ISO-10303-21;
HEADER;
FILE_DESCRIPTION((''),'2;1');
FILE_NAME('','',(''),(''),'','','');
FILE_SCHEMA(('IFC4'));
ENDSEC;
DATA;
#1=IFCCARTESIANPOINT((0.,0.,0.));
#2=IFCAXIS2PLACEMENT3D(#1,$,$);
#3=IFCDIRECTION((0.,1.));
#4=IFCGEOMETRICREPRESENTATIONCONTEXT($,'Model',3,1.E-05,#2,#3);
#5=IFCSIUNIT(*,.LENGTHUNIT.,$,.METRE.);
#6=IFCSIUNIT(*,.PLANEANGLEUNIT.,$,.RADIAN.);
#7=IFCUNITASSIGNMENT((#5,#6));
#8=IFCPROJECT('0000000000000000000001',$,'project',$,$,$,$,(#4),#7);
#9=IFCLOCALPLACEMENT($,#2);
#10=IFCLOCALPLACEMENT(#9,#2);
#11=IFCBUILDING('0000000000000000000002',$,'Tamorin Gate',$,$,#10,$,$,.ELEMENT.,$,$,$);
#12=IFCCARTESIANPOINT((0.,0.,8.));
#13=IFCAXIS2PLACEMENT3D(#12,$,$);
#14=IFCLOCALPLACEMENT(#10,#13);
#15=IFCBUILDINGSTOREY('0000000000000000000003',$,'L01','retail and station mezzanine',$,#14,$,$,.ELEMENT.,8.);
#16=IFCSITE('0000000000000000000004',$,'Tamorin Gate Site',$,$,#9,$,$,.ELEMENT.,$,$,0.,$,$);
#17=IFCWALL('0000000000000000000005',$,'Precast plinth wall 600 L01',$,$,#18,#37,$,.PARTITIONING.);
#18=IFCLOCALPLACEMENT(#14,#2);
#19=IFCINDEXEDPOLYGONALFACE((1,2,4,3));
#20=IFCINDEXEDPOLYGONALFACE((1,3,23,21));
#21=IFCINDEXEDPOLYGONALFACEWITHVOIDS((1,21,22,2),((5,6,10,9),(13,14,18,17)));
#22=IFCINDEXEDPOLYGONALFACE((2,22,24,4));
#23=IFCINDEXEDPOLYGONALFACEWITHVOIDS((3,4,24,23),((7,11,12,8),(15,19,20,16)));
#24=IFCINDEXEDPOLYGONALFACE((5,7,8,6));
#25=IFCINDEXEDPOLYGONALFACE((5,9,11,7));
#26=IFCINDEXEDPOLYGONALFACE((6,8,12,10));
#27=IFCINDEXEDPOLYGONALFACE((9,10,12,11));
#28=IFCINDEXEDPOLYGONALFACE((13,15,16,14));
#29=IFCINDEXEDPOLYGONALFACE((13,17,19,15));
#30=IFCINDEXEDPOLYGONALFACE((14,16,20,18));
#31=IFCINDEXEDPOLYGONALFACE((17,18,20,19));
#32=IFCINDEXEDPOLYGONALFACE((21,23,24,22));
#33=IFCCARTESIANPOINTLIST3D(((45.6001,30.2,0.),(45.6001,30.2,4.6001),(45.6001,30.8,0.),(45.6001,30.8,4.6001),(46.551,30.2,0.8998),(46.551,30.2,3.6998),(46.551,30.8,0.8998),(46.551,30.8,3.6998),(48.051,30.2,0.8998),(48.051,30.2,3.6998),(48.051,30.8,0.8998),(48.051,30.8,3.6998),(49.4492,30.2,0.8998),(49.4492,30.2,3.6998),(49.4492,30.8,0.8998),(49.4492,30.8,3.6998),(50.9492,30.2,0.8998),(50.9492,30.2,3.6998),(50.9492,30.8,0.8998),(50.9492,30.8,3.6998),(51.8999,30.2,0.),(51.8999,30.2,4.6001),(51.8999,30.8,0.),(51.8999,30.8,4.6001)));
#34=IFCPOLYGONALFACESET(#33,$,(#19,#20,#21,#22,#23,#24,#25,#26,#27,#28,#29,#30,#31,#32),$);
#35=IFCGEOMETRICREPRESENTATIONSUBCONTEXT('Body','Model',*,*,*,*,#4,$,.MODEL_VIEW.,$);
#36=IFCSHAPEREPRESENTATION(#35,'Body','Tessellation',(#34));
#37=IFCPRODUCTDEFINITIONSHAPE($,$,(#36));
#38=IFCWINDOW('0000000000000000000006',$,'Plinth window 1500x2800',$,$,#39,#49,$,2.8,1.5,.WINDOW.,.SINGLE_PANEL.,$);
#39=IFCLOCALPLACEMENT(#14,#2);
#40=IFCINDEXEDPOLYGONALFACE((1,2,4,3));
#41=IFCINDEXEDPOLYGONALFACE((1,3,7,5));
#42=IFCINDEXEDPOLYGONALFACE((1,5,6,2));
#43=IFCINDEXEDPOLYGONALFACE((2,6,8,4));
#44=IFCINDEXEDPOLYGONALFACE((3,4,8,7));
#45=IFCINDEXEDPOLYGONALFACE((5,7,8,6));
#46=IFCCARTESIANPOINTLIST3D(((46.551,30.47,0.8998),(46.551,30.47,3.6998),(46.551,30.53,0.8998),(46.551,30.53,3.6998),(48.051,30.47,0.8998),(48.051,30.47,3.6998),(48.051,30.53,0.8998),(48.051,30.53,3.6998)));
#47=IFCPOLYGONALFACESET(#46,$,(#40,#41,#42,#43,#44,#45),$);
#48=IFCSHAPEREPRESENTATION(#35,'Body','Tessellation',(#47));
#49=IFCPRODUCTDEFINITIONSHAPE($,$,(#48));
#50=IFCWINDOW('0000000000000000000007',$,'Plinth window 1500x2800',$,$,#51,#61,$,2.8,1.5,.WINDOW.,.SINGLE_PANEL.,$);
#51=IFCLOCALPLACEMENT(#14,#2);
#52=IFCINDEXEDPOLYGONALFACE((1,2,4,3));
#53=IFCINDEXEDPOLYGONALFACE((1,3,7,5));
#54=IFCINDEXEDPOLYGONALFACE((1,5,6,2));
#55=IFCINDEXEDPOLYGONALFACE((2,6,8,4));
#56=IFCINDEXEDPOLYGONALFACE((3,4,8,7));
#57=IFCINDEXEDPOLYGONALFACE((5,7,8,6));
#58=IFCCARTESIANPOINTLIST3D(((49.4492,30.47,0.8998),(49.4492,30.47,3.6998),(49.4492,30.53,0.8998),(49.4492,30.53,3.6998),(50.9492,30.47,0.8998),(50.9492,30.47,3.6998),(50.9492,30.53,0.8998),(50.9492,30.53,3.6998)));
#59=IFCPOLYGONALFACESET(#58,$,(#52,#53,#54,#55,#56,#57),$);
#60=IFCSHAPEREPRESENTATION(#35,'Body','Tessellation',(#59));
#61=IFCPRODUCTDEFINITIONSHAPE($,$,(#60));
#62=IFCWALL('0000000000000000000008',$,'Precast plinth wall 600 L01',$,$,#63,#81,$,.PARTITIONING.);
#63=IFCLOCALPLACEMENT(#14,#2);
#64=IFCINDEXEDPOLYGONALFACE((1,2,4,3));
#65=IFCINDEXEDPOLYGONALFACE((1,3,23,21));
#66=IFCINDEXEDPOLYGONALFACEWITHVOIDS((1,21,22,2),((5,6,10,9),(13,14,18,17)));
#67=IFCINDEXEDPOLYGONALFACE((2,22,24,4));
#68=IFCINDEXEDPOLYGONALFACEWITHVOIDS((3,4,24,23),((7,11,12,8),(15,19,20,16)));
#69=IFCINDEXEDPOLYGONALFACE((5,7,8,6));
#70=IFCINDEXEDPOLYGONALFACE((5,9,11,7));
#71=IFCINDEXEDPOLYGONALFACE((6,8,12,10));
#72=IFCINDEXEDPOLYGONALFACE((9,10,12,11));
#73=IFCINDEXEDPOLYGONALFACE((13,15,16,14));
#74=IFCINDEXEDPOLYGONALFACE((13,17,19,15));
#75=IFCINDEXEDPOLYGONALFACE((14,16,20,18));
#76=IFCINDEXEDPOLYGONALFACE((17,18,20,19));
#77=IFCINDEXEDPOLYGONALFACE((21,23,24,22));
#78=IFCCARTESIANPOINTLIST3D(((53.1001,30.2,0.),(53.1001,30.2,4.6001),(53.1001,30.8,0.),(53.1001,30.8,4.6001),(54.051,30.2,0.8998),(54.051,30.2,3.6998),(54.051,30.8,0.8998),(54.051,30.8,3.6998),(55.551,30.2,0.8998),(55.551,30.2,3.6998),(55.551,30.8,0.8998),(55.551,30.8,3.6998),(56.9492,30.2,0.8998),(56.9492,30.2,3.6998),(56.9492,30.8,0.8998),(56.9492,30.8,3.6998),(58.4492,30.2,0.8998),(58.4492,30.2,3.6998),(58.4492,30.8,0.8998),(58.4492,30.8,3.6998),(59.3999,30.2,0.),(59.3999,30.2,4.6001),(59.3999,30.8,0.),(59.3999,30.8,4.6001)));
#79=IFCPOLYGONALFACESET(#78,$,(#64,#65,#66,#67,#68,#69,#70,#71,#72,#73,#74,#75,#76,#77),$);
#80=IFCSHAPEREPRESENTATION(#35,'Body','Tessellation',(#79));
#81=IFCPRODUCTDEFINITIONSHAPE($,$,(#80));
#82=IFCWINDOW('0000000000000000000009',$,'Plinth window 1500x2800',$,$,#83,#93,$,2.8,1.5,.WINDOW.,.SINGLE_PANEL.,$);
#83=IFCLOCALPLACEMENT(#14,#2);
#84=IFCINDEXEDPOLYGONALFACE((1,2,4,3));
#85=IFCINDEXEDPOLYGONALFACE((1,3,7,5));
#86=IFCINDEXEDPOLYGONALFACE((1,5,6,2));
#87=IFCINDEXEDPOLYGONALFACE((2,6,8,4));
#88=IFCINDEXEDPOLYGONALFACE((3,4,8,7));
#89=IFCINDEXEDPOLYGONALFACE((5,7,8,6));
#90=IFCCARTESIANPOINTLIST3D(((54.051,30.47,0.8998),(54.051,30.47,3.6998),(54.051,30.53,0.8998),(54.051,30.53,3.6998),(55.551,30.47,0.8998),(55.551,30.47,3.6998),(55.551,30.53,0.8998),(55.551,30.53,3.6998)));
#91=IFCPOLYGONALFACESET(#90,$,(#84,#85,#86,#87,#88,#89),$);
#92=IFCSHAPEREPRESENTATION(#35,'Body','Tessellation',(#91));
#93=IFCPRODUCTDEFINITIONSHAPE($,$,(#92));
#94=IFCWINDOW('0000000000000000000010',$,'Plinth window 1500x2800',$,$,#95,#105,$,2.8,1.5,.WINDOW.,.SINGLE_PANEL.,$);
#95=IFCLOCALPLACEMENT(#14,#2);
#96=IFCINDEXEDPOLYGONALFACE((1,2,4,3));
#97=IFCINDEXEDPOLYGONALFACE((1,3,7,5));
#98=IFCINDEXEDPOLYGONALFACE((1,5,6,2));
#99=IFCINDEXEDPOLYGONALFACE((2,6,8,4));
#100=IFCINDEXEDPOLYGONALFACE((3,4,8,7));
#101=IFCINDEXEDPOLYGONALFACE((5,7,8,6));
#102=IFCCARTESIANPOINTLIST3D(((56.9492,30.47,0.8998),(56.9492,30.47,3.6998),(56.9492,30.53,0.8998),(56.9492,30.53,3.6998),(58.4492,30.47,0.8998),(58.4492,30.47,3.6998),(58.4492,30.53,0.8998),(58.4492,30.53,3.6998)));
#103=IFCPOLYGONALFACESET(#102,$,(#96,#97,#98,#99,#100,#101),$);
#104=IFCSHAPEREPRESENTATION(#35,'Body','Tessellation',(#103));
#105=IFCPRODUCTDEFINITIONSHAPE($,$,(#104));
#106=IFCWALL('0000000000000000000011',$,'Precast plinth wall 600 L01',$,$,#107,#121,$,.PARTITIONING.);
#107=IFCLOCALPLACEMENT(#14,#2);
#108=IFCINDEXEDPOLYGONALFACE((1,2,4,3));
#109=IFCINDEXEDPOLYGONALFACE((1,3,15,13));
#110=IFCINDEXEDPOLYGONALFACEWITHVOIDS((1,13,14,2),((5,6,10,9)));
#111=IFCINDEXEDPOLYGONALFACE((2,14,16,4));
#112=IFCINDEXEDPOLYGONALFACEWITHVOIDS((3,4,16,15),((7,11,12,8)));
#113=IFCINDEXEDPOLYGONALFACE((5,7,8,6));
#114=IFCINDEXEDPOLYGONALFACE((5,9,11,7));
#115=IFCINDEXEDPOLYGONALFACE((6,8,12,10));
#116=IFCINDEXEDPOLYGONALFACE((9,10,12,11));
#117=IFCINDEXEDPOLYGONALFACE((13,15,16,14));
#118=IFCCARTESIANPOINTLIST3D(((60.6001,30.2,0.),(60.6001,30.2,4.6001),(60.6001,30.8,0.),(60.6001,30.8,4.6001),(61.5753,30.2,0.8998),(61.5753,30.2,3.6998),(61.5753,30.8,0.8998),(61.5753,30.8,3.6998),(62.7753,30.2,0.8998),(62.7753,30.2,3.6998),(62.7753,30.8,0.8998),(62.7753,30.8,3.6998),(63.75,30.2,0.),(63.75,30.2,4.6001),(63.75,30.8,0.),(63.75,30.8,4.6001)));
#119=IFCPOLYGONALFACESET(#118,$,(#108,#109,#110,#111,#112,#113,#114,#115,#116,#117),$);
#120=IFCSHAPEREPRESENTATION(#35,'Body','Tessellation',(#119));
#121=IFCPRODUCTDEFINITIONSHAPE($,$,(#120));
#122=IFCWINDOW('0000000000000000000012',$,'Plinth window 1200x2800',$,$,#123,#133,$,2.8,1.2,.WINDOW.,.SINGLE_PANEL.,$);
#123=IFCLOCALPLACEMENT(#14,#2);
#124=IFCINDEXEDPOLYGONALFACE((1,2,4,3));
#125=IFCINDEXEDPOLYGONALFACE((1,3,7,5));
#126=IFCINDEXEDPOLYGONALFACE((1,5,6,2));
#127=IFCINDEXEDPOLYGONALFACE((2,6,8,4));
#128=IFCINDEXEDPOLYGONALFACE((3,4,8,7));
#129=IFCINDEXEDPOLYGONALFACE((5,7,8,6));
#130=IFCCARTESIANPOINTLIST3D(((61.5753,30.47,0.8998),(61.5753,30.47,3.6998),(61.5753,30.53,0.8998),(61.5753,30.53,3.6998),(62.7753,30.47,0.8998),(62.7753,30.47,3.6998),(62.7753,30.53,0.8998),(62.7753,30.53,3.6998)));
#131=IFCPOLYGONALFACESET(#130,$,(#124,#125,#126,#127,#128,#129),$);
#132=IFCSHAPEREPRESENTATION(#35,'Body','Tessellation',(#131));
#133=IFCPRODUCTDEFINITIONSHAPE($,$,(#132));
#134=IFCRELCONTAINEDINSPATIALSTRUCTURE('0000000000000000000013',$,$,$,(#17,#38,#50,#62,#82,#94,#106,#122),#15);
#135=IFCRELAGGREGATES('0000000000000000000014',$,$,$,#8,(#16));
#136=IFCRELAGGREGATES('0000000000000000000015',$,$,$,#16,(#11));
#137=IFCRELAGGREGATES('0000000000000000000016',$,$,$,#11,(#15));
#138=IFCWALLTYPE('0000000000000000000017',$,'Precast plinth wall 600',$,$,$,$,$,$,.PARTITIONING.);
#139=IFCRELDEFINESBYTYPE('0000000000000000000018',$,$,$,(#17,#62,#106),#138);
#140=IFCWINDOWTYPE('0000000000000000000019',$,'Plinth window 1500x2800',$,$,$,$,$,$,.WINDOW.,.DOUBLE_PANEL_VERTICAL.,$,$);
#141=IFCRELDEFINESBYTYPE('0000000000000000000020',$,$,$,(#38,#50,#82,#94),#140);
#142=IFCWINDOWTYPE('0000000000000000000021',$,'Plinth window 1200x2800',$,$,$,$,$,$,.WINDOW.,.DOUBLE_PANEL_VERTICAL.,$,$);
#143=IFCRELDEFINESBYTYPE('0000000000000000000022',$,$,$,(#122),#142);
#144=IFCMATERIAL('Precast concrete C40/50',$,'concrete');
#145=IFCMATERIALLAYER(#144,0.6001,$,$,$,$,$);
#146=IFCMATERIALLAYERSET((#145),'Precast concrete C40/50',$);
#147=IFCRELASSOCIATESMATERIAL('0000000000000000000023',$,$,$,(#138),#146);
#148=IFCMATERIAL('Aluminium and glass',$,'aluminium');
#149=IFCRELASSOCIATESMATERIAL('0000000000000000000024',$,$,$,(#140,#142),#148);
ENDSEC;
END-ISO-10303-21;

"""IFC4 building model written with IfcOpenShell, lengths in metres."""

from ifc_helpers import new_model, si_unit, direction, frame, frame_2d, origin, place, context, subcontext, project, spatial, rectangle, extrude, material, layer, layer_set, type_object, element, fill, save


model = new_model("IFC4")

# Units and contexts
model_context = context("Model", 3, precision=1e-05, world=origin(), true_north=direction((0.0, 1.0)))
body_context = subcontext(model_context, "Body", "Model", "MODEL_VIEW")
ifc_project = project(units=[si_unit("LENGTHUNIT", "METRE"), si_unit("PLANEANGLEUNIT", "RADIAN")], contexts=[model_context])

# Site, building, storey
site_placement = place(None, origin())
site = spatial("IfcSite", under=ifc_project, at=site_placement, Name="Tamorin Gate Site", CompositionType="ELEMENT", RefElevation=0.0)
building_placement = place(site_placement, origin())
building = spatial("IfcBuilding", under=site, at=building_placement, Name="Tamorin Gate", CompositionType="ELEMENT")
storey_placement = place(building_placement, frame((0.0, 0.0, 8.0)))
storey = spatial("IfcBuildingStorey", under=building, at=storey_placement, Name="L01", Description="retail and station mezzanine", CompositionType="ELEMENT", Elevation=8.0)

# Walls, openings, windows
ifc_material_1 = material(Name="Precast concrete C40/50", Category="concrete")
ifc_layer_1 = layer(ifc_material_1, 0.6001)
ifc_layer_set_1 = layer_set([ifc_layer_1], Name="Precast concrete C40/50")
wall_type_1 = type_object("IfcWallType", Name="Precast plinth wall 600", PredefinedType="PARTITIONING", material=ifc_layer_set_1)
wall_1_placement = place(storey_placement, frame((45.6001, 30.5, 0.0), z_axis=(0.0, 0.0, 1.0), x_axis=(1.0, 0.0, 0.0)))
wall_1 = element("IfcWall", 1, at=wall_1_placement, inside=storey, type_object=wall_type_1, Name="Precast plinth wall 600 L01", PredefinedType="PARTITIONING", context=body_context, shape_type="SweptSolid", body=[
    extrude(rectangle(XDim=6.2998, YDim=0.6001, at=frame_2d((3.1499, 0.0))), origin(), (0.0, 0.0, 1.0), 4.6001),
])
opening_1_placement = place(wall_1_placement, frame((0.9509, 0.0, 0.8999)))
opening_1 = element("IfcOpeningElement", 2, at=opening_1_placement, cuts=wall_1, PredefinedType="OPENING", context=body_context, shape_type="SweptSolid", body=[
    extrude(rectangle(XDim=1.5, YDim=2.8, at=frame_2d((0.75, 1.3999))), frame((0.0, 0.3101, 0.0), z_axis=(0.0, -1.0, 0.0), x_axis=(1.0, 0.0, 0.0)), (0.0, 0.0, 1.0), 0.6201),
])
opening_2_placement = place(wall_1_placement, frame((3.8491, 0.0, 0.8999)))
opening_2 = element("IfcOpeningElement", 3, at=opening_2_placement, cuts=wall_1, PredefinedType="OPENING", context=body_context, shape_type="SweptSolid", body=[
    extrude(rectangle(XDim=1.5, YDim=2.8, at=frame_2d((0.75, 1.3999))), frame((0.0, 0.3101, 0.0), z_axis=(0.0, -1.0, 0.0), x_axis=(1.0, 0.0, 0.0)), (0.0, 0.0, 1.0), 0.6201),
])
ifc_material_2 = material(Name="Aluminium and glass", Category="aluminium")
window_type_1 = type_object("IfcWindowType", Name="Plinth window 1500x2800", PartitioningType="DOUBLE_PANEL_VERTICAL", PredefinedType="WINDOW", material=ifc_material_2)
window_1_placement = place(opening_1_placement, origin())
window_1 = element("IfcWindow", 4, at=window_1_placement, inside=storey, type_object=window_type_1, Name="Plinth window 1500x2800", OverallHeight=2.8, OverallWidth=1.5, PartitioningType="SINGLE_PANEL", PredefinedType="WINDOW", context=body_context, shape_type="SweptSolid", body=[
    extrude(rectangle(XDim=1.5, YDim=2.8, at=frame_2d((0.75, 1.3999))), frame((0.0, 0.03, 0.0), z_axis=(0.0, -1.0, 0.0), x_axis=(1.0, 0.0, 0.0)), (0.0, 0.0, 1.0), 0.0601),
])
fill(opening_1, window_1)
window_2_placement = place(opening_2_placement, origin())
window_2 = element("IfcWindow", 5, at=window_2_placement, inside=storey, type_object=window_type_1, Name="Plinth window 1500x2800", OverallHeight=2.8, OverallWidth=1.5, PartitioningType="SINGLE_PANEL", PredefinedType="WINDOW", context=body_context, shape_type="SweptSolid", body=[
    extrude(rectangle(XDim=1.5, YDim=2.8, at=frame_2d((0.75, 1.3999))), frame((0.0, 0.03, 0.0), z_axis=(0.0, -1.0, 0.0), x_axis=(1.0, 0.0, 0.0)), (0.0, 0.0, 1.0), 0.0601),
])
fill(opening_2, window_2)
wall_2_placement = place(storey_placement, frame((53.1001, 30.5, 0.0), z_axis=(0.0, 0.0, 1.0), x_axis=(1.0, 0.0, 0.0)))
wall_2 = element("IfcWall", 6, at=wall_2_placement, inside=storey, type_object=wall_type_1, Name="Precast plinth wall 600 L01", PredefinedType="PARTITIONING", context=body_context, shape_type="SweptSolid", body=[
    extrude(rectangle(XDim=6.2998, YDim=0.6001, at=frame_2d((3.1499, 0.0))), origin(), (0.0, 0.0, 1.0), 4.6001),
])
opening_3_placement = place(wall_2_placement, frame((0.9509, 0.0, 0.8999)))
opening_3 = element("IfcOpeningElement", 7, at=opening_3_placement, cuts=wall_2, PredefinedType="OPENING", context=body_context, shape_type="SweptSolid", body=[
    extrude(rectangle(XDim=1.5, YDim=2.8, at=frame_2d((0.75, 1.3999))), frame((0.0, 0.3101, 0.0), z_axis=(0.0, -1.0, 0.0), x_axis=(1.0, 0.0, 0.0)), (0.0, 0.0, 1.0), 0.6201),
])
opening_4_placement = place(wall_2_placement, frame((3.8491, 0.0, 0.8999)))
opening_4 = element("IfcOpeningElement", 8, at=opening_4_placement, cuts=wall_2, PredefinedType="OPENING", context=body_context, shape_type="SweptSolid", body=[
    extrude(rectangle(XDim=1.5, YDim=2.8, at=frame_2d((0.75, 1.3999))), frame((0.0, 0.3101, 0.0), z_axis=(0.0, -1.0, 0.0), x_axis=(1.0, 0.0, 0.0)), (0.0, 0.0, 1.0), 0.6201),
])
window_3_placement = place(opening_3_placement, origin())
window_3 = element("IfcWindow", 9, at=window_3_placement, inside=storey, type_object=window_type_1, Name="Plinth window 1500x2800", OverallHeight=2.8, OverallWidth=1.5, PartitioningType="SINGLE_PANEL", PredefinedType="WINDOW", context=body_context, shape_type="SweptSolid", body=[
    extrude(rectangle(XDim=1.5, YDim=2.8, at=frame_2d((0.75, 1.3999))), frame((0.0, 0.03, 0.0), z_axis=(0.0, -1.0, 0.0), x_axis=(1.0, 0.0, 0.0)), (0.0, 0.0, 1.0), 0.0601),
])
fill(opening_3, window_3)
window_4_placement = place(opening_4_placement, origin())
window_4 = element("IfcWindow", 10, at=window_4_placement, inside=storey, type_object=window_type_1, Name="Plinth window 1500x2800", OverallHeight=2.8, OverallWidth=1.5, PartitioningType="SINGLE_PANEL", PredefinedType="WINDOW", context=body_context, shape_type="SweptSolid", body=[
    extrude(rectangle(XDim=1.5, YDim=2.8, at=frame_2d((0.75, 1.3999))), frame((0.0, 0.03, 0.0), z_axis=(0.0, -1.0, 0.0), x_axis=(1.0, 0.0, 0.0)), (0.0, 0.0, 1.0), 0.0601),
])
fill(opening_4, window_4)

# Wall, opening, window
wall_3_placement = place(storey_placement, frame((60.6001, 30.5, 0.0), z_axis=(0.0, 0.0, 1.0), x_axis=(1.0, 0.0, 0.0)))
wall_3 = element("IfcWall", 11, at=wall_3_placement, inside=storey, type_object=wall_type_1, Name="Precast plinth wall 600 L01", PredefinedType="PARTITIONING", context=body_context, shape_type="SweptSolid", body=[
    extrude(rectangle(XDim=3.1499, YDim=0.6001, at=frame_2d((1.575, 0.0))), origin(), (0.0, 0.0, 1.0), 4.6001),
])
opening_5_placement = place(wall_3_placement, frame((0.9751, 0.0, 0.8999)))
opening_5 = element("IfcOpeningElement", 12, at=opening_5_placement, cuts=wall_3, PredefinedType="OPENING", context=body_context, shape_type="SweptSolid", body=[
    extrude(rectangle(XDim=1.2, YDim=2.8, at=frame_2d((0.6001, 1.3999))), frame((0.0, 0.3101, 0.0), z_axis=(0.0, -1.0, 0.0), x_axis=(1.0, 0.0, 0.0)), (0.0, 0.0, 1.0), 0.6201),
])
window_type_2 = type_object("IfcWindowType", Name="Plinth window 1200x2800", PartitioningType="DOUBLE_PANEL_VERTICAL", PredefinedType="WINDOW", material=ifc_material_2)
window_5_placement = place(opening_5_placement, origin())
window_5 = element("IfcWindow", 13, at=window_5_placement, inside=storey, type_object=window_type_2, Name="Plinth window 1200x2800", OverallHeight=2.8, OverallWidth=1.2, PartitioningType="SINGLE_PANEL", PredefinedType="WINDOW", context=body_context, shape_type="SweptSolid", body=[
    extrude(rectangle(XDim=1.2, YDim=2.8, at=frame_2d((0.6001, 1.3999))), frame((0.0, 0.03, 0.0), z_axis=(0.0, -1.0, 0.0), x_axis=(1.0, 0.0, 0.0)), (0.0, 0.0, 1.0), 0.0601),
])
fill(opening_5, window_5)

save(model, "model.ifc")
